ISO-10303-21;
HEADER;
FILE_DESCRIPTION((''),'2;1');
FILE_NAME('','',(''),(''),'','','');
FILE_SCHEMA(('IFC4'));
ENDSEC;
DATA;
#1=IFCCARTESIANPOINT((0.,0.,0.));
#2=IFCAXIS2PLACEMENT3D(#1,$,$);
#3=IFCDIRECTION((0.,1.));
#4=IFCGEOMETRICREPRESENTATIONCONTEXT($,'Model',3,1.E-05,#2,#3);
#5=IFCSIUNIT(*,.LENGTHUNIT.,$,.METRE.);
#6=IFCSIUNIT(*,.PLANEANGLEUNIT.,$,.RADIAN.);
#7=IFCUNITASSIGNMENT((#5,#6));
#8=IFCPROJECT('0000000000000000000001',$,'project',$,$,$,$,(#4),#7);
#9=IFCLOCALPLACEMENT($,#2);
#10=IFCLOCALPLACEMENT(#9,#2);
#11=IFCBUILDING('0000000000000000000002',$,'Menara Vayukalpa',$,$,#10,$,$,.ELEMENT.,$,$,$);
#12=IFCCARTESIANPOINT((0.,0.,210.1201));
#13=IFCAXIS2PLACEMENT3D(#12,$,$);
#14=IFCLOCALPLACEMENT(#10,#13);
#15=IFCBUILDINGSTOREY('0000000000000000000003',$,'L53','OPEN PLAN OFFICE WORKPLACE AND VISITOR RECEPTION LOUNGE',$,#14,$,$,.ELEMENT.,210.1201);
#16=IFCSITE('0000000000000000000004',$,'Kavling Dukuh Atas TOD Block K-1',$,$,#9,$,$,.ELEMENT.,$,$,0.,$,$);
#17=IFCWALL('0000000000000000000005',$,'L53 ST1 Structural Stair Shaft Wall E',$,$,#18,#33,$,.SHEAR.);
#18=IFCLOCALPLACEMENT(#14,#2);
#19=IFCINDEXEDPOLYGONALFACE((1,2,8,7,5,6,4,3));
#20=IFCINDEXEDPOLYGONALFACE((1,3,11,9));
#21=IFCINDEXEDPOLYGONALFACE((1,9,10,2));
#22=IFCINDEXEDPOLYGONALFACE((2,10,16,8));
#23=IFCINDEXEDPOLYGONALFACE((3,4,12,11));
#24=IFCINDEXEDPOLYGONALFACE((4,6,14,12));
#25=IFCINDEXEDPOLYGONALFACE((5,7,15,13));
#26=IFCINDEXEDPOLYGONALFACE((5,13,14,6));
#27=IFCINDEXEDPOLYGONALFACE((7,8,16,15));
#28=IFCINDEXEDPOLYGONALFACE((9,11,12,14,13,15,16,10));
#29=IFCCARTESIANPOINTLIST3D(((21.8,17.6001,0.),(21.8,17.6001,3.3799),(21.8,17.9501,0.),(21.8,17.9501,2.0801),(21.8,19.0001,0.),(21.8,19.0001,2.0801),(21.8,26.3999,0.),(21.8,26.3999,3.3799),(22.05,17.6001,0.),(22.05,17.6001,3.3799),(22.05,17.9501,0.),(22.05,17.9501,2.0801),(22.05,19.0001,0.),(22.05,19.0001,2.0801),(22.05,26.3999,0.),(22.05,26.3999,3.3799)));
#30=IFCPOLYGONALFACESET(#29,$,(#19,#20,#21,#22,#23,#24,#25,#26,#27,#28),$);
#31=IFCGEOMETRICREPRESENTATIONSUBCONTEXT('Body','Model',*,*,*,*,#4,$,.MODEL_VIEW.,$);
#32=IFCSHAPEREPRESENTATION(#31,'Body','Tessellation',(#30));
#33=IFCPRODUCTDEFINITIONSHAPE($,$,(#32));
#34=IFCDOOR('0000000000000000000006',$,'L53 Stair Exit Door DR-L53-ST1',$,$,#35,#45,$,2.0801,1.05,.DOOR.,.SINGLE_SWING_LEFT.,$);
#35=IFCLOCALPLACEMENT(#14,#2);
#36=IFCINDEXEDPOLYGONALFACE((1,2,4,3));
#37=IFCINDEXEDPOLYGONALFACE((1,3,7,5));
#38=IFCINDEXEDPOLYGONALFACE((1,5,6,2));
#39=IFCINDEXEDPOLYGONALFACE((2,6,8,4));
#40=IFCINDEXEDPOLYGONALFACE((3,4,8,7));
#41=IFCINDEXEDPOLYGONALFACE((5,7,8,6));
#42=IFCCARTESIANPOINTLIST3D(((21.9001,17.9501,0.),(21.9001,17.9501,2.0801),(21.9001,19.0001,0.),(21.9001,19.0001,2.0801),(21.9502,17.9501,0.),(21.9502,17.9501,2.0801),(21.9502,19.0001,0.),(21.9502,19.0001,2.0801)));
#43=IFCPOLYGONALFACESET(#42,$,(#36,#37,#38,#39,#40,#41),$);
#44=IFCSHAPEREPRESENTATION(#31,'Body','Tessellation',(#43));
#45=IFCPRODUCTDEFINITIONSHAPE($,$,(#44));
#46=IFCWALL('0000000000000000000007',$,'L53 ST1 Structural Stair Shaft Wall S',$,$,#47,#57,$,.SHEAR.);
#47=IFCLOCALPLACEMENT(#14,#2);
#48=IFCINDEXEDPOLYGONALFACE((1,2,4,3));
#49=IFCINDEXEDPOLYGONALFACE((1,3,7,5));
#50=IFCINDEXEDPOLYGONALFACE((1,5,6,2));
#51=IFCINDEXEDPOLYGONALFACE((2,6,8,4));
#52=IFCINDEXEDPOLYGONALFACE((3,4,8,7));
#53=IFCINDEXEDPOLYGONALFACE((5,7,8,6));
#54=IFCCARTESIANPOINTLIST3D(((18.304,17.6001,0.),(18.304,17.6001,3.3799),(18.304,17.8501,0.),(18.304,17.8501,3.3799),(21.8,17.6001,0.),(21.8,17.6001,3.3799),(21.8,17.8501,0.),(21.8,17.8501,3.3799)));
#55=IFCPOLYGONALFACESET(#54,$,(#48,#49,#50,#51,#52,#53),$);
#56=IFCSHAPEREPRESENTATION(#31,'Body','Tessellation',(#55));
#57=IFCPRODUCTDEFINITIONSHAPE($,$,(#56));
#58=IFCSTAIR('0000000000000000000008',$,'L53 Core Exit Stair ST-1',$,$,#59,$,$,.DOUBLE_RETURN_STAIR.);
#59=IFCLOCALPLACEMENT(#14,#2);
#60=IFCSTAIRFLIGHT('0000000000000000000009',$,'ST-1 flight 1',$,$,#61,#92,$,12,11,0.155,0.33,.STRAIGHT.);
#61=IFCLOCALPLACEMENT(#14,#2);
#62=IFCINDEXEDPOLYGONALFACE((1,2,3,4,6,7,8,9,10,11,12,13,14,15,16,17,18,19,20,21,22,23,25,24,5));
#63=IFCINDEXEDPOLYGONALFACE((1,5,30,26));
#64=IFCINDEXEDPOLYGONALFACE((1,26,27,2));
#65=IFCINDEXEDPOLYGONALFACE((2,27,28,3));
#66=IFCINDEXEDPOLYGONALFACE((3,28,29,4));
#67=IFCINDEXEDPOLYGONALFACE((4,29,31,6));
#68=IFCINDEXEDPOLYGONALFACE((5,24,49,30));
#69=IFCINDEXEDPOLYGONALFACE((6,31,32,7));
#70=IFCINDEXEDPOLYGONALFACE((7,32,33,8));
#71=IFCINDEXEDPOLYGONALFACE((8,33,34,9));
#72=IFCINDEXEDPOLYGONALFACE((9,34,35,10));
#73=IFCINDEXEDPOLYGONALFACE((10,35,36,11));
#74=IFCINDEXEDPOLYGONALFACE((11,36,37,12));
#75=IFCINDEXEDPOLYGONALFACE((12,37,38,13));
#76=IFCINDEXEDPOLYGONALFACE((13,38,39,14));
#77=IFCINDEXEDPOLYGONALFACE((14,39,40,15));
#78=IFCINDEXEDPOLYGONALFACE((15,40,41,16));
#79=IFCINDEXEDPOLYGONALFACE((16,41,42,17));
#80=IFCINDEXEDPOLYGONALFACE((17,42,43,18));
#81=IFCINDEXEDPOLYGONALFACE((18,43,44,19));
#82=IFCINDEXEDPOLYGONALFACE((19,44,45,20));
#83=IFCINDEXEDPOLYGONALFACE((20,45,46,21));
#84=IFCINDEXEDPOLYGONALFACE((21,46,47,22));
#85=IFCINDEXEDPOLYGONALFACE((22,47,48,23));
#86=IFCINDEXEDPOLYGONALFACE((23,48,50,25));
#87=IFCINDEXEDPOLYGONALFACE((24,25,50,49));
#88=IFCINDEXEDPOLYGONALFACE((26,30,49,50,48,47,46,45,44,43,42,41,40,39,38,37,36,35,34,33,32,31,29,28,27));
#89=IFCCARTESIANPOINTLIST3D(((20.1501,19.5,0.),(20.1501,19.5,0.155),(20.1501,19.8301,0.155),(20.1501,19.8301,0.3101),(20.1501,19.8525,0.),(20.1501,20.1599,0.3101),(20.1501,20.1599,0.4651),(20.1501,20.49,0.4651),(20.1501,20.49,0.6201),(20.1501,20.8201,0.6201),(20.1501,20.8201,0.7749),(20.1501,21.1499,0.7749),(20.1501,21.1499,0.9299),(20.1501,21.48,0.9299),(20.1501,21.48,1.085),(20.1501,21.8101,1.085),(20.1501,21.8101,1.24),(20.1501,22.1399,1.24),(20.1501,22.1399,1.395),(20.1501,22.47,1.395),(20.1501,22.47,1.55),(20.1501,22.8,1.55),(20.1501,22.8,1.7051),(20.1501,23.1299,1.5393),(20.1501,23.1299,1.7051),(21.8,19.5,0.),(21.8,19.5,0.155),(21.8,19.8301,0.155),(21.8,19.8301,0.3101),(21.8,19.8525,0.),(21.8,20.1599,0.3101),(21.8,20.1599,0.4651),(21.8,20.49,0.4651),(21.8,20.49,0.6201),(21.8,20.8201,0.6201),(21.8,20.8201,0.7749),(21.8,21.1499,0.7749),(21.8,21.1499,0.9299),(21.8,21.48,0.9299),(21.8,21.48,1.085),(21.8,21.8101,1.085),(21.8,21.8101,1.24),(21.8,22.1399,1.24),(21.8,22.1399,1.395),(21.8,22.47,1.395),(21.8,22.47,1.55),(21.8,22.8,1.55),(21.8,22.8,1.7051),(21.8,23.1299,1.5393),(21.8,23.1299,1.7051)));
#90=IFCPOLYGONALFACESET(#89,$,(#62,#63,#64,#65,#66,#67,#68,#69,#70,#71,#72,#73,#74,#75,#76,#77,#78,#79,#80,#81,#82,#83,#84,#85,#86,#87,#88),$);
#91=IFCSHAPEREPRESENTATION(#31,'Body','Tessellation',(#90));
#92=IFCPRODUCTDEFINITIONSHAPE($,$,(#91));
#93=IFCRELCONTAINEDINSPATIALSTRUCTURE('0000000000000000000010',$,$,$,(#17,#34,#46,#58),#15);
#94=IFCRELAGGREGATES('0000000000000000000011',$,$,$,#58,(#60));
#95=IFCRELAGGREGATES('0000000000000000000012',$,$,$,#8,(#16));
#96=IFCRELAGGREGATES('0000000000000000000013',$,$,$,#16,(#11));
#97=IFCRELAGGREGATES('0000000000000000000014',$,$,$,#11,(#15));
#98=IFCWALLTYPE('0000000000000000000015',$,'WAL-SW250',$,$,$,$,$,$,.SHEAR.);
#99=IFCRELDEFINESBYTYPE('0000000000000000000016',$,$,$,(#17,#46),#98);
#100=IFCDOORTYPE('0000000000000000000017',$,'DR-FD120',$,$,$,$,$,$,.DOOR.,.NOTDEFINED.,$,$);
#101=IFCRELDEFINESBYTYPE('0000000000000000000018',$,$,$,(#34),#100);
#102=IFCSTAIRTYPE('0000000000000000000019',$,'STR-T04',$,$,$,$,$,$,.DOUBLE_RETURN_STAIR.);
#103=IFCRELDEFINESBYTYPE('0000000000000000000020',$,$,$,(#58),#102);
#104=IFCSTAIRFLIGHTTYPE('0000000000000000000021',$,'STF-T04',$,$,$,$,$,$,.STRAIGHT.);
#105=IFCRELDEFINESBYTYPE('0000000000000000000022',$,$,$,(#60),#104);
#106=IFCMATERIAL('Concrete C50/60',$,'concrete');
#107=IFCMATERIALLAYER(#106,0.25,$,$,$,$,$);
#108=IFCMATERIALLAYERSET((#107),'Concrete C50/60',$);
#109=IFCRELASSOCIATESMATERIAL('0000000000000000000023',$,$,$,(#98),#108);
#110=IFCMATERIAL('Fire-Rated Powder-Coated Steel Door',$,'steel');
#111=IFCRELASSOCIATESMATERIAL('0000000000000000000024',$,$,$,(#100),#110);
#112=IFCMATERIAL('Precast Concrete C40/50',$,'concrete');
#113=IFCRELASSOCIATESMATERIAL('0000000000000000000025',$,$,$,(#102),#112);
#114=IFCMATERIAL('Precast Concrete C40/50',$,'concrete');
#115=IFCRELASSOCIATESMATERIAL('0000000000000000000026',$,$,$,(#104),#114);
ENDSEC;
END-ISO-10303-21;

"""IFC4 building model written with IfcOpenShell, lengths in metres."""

from ifc_helpers import new_model, si_unit, direction, frame, frame_2d, origin, place, context, subcontext, project, spatial, polyline, rectangle, outline, extrude, material, layer, layer_set, type_object, element, fill, aggregate, save


model = new_model("IFC4")

# Units and contexts
model_context = context("Model", 3, precision=1e-05, world=origin(), true_north=direction((0.0, 1.0)))
body_context = subcontext(model_context, "Body", "Model", "MODEL_VIEW")
ifc_project = project(units=[si_unit("LENGTHUNIT", "METRE"), si_unit("PLANEANGLEUNIT", "RADIAN")], contexts=[model_context])

# Site, building, storey
site_placement = place(None, origin())
site = spatial("IfcSite", under=ifc_project, at=site_placement, Name="Kavling Dukuh Atas TOD Block K-1", CompositionType="ELEMENT", RefElevation=0.0)
building_placement = place(site_placement, origin())
building = spatial("IfcBuilding", under=site, at=building_placement, Name="Menara Vayukalpa", CompositionType="ELEMENT")
storey_placement = place(building_placement, frame((0.0, 0.0, 210.1201)))
storey = spatial("IfcBuildingStorey", under=building, at=storey_placement, Name="L53", Description="OPEN PLAN OFFICE WORKPLACE AND VISITOR RECEPTION LOUNGE", CompositionType="ELEMENT", Elevation=210.1201)

# Shared definitions
ifc_material_1 = material(Name="Concrete C50/60", Category="concrete")
ifc_layer_1 = layer(ifc_material_1, 0.25)
ifc_layer_set_1 = layer_set([ifc_layer_1], Name="Concrete C50/60")
wall_type_1 = type_object("IfcWallType", Name="WAL-SW250", PredefinedType="SHEAR", material=ifc_layer_set_1)

# Wall, opening, door
wall_1_placement = place(storey_placement, frame((21.925, 17.6001, 0.0), z_axis=(0.0, 0.0, 1.0), x_axis=(0.0, 1.0, 0.0)))
wall_1 = element("IfcWall", 1, at=wall_1_placement, inside=storey, type_object=wall_type_1, Name="L53 ST1 Structural Stair Shaft Wall E", PredefinedType="SHEAR", context=body_context, shape_type="SweptSolid", body=[
    extrude(rectangle(XDim=8.7998, YDim=0.25, at=frame_2d((4.3999, 0.0))), origin(), (0.0, 0.0, 1.0), 3.3799),
])
opening_placement = place(wall_1_placement, frame((0.3501, 0.0, 0.0)))
opening = element("IfcOpeningElement", 2, at=opening_placement, cuts=wall_1, PredefinedType="OPENING", context=body_context, shape_type="SweptSolid", body=[
    extrude(rectangle(XDim=1.05, YDim=2.0801, at=frame_2d((0.5249, 1.04))), frame((0.0, 0.135, 0.0), z_axis=(0.0, -1.0, 0.0), x_axis=(1.0, 0.0, 0.0)), (0.0, 0.0, 1.0), 0.27),
])
ifc_material_2 = material(Name="Fire-Rated Powder-Coated Steel Door", Category="steel")
door_type = type_object("IfcDoorType", Name="DR-FD120", OperationType="NOTDEFINED", PredefinedType="DOOR", material=ifc_material_2)
door_placement = place(opening_placement, origin())
door = element("IfcDoor", 3, at=door_placement, inside=storey, type_object=door_type, Name="L53 Stair Exit Door DR-L53-ST1", OperationType="SINGLE_SWING_LEFT", OverallHeight=2.0801, OverallWidth=1.05, PredefinedType="DOOR", context=body_context, shape_type="SweptSolid", body=[
    extrude(rectangle(XDim=1.05, YDim=2.0801, at=frame_2d((0.5249, 1.04))), frame((0.0, 0.0249, 0.0), z_axis=(0.0, -1.0, 0.0), x_axis=(1.0, 0.0, 0.0)), (0.0, 0.0, 1.0), 0.05),
])
fill(opening, door)

# Wall
wall_2_placement = place(storey_placement, frame((18.304, 17.7251, 0.0), z_axis=(0.0, 0.0, 1.0), x_axis=(1.0, 0.0, 0.0)))
element("IfcWall", 4, at=wall_2_placement, inside=storey, type_object=wall_type_1, Name="L53 ST1 Structural Stair Shaft Wall S", PredefinedType="SHEAR", context=body_context, shape_type="SweptSolid", body=[
    extrude(rectangle(XDim=3.4961, YDim=0.25, at=frame_2d((1.748, 0.0))), origin(), (0.0, 0.0, 1.0), 3.3799),
])

# Stair, stair flight
ifc_material_3 = material(Name="Precast Concrete C40/50", Category="concrete")
stair_type = type_object("IfcStairType", Name="STR-T04", PredefinedType="DOUBLE_RETURN_STAIR", material=ifc_material_3)
stair_placement = place(storey_placement, origin())
stair = element("IfcStair", 5, at=stair_placement, inside=storey, type_object=stair_type, Name="L53 Core Exit Stair ST-1", PredefinedType="DOUBLE_RETURN_STAIR")
ifc_material_4 = material(Name="Precast Concrete C40/50", Category="concrete")
stair_flight_type = type_object("IfcStairFlightType", Name="STF-T04", PredefinedType="STRAIGHT", material=ifc_material_4)
stair_flight_placement = place(storey_placement, frame((20.9751, 19.5, 0.0), z_axis=(0.0, 0.0, 1.0), x_axis=(0.0, 1.0, 0.0)))
stair_flight = element("IfcStairFlight", 6, at=stair_flight_placement, type_object=stair_flight_type, Name="ST-1 flight 1", NumberOfRisers=12, NumberOfTreads=11, PredefinedType="STRAIGHT", RiserHeight=0.155, TreadLength=0.33, context=body_context, shape_type="SweptSolid", body=[
    extrude(outline(polyline([(0.0, 0.0), (0.0, 0.155), (0.3301, 0.155), (0.3301, 0.3101), (0.6599, 0.3101), (0.6599, 0.4651), (0.99, 0.4651), (0.99, 0.6201), (1.3201, 0.6201), (1.3201, 0.7749), (1.6499, 0.7749), (1.6499, 0.9299), (1.98, 0.9299), (1.98, 1.085), (2.3101, 1.085), (2.3101, 1.24), (2.6399, 1.24), (2.6399, 1.395), (2.97, 1.395), (2.97, 1.55), (3.3, 1.55), (3.3, 1.7051), (3.6299, 1.7051), (3.6299, 1.8601), (3.6299, 1.5393), (0.3525, 0.0), (0.0, 0.0)])), frame((0.0, 0.825, 0.0), z_axis=(0.0, -1.0, 0.0), x_axis=(1.0, 0.0, 0.0)), (0.0, 0.0, 1.0), 1.6499),
])
aggregate(stair, [stair_flight])

save(model, "model.ifc")
